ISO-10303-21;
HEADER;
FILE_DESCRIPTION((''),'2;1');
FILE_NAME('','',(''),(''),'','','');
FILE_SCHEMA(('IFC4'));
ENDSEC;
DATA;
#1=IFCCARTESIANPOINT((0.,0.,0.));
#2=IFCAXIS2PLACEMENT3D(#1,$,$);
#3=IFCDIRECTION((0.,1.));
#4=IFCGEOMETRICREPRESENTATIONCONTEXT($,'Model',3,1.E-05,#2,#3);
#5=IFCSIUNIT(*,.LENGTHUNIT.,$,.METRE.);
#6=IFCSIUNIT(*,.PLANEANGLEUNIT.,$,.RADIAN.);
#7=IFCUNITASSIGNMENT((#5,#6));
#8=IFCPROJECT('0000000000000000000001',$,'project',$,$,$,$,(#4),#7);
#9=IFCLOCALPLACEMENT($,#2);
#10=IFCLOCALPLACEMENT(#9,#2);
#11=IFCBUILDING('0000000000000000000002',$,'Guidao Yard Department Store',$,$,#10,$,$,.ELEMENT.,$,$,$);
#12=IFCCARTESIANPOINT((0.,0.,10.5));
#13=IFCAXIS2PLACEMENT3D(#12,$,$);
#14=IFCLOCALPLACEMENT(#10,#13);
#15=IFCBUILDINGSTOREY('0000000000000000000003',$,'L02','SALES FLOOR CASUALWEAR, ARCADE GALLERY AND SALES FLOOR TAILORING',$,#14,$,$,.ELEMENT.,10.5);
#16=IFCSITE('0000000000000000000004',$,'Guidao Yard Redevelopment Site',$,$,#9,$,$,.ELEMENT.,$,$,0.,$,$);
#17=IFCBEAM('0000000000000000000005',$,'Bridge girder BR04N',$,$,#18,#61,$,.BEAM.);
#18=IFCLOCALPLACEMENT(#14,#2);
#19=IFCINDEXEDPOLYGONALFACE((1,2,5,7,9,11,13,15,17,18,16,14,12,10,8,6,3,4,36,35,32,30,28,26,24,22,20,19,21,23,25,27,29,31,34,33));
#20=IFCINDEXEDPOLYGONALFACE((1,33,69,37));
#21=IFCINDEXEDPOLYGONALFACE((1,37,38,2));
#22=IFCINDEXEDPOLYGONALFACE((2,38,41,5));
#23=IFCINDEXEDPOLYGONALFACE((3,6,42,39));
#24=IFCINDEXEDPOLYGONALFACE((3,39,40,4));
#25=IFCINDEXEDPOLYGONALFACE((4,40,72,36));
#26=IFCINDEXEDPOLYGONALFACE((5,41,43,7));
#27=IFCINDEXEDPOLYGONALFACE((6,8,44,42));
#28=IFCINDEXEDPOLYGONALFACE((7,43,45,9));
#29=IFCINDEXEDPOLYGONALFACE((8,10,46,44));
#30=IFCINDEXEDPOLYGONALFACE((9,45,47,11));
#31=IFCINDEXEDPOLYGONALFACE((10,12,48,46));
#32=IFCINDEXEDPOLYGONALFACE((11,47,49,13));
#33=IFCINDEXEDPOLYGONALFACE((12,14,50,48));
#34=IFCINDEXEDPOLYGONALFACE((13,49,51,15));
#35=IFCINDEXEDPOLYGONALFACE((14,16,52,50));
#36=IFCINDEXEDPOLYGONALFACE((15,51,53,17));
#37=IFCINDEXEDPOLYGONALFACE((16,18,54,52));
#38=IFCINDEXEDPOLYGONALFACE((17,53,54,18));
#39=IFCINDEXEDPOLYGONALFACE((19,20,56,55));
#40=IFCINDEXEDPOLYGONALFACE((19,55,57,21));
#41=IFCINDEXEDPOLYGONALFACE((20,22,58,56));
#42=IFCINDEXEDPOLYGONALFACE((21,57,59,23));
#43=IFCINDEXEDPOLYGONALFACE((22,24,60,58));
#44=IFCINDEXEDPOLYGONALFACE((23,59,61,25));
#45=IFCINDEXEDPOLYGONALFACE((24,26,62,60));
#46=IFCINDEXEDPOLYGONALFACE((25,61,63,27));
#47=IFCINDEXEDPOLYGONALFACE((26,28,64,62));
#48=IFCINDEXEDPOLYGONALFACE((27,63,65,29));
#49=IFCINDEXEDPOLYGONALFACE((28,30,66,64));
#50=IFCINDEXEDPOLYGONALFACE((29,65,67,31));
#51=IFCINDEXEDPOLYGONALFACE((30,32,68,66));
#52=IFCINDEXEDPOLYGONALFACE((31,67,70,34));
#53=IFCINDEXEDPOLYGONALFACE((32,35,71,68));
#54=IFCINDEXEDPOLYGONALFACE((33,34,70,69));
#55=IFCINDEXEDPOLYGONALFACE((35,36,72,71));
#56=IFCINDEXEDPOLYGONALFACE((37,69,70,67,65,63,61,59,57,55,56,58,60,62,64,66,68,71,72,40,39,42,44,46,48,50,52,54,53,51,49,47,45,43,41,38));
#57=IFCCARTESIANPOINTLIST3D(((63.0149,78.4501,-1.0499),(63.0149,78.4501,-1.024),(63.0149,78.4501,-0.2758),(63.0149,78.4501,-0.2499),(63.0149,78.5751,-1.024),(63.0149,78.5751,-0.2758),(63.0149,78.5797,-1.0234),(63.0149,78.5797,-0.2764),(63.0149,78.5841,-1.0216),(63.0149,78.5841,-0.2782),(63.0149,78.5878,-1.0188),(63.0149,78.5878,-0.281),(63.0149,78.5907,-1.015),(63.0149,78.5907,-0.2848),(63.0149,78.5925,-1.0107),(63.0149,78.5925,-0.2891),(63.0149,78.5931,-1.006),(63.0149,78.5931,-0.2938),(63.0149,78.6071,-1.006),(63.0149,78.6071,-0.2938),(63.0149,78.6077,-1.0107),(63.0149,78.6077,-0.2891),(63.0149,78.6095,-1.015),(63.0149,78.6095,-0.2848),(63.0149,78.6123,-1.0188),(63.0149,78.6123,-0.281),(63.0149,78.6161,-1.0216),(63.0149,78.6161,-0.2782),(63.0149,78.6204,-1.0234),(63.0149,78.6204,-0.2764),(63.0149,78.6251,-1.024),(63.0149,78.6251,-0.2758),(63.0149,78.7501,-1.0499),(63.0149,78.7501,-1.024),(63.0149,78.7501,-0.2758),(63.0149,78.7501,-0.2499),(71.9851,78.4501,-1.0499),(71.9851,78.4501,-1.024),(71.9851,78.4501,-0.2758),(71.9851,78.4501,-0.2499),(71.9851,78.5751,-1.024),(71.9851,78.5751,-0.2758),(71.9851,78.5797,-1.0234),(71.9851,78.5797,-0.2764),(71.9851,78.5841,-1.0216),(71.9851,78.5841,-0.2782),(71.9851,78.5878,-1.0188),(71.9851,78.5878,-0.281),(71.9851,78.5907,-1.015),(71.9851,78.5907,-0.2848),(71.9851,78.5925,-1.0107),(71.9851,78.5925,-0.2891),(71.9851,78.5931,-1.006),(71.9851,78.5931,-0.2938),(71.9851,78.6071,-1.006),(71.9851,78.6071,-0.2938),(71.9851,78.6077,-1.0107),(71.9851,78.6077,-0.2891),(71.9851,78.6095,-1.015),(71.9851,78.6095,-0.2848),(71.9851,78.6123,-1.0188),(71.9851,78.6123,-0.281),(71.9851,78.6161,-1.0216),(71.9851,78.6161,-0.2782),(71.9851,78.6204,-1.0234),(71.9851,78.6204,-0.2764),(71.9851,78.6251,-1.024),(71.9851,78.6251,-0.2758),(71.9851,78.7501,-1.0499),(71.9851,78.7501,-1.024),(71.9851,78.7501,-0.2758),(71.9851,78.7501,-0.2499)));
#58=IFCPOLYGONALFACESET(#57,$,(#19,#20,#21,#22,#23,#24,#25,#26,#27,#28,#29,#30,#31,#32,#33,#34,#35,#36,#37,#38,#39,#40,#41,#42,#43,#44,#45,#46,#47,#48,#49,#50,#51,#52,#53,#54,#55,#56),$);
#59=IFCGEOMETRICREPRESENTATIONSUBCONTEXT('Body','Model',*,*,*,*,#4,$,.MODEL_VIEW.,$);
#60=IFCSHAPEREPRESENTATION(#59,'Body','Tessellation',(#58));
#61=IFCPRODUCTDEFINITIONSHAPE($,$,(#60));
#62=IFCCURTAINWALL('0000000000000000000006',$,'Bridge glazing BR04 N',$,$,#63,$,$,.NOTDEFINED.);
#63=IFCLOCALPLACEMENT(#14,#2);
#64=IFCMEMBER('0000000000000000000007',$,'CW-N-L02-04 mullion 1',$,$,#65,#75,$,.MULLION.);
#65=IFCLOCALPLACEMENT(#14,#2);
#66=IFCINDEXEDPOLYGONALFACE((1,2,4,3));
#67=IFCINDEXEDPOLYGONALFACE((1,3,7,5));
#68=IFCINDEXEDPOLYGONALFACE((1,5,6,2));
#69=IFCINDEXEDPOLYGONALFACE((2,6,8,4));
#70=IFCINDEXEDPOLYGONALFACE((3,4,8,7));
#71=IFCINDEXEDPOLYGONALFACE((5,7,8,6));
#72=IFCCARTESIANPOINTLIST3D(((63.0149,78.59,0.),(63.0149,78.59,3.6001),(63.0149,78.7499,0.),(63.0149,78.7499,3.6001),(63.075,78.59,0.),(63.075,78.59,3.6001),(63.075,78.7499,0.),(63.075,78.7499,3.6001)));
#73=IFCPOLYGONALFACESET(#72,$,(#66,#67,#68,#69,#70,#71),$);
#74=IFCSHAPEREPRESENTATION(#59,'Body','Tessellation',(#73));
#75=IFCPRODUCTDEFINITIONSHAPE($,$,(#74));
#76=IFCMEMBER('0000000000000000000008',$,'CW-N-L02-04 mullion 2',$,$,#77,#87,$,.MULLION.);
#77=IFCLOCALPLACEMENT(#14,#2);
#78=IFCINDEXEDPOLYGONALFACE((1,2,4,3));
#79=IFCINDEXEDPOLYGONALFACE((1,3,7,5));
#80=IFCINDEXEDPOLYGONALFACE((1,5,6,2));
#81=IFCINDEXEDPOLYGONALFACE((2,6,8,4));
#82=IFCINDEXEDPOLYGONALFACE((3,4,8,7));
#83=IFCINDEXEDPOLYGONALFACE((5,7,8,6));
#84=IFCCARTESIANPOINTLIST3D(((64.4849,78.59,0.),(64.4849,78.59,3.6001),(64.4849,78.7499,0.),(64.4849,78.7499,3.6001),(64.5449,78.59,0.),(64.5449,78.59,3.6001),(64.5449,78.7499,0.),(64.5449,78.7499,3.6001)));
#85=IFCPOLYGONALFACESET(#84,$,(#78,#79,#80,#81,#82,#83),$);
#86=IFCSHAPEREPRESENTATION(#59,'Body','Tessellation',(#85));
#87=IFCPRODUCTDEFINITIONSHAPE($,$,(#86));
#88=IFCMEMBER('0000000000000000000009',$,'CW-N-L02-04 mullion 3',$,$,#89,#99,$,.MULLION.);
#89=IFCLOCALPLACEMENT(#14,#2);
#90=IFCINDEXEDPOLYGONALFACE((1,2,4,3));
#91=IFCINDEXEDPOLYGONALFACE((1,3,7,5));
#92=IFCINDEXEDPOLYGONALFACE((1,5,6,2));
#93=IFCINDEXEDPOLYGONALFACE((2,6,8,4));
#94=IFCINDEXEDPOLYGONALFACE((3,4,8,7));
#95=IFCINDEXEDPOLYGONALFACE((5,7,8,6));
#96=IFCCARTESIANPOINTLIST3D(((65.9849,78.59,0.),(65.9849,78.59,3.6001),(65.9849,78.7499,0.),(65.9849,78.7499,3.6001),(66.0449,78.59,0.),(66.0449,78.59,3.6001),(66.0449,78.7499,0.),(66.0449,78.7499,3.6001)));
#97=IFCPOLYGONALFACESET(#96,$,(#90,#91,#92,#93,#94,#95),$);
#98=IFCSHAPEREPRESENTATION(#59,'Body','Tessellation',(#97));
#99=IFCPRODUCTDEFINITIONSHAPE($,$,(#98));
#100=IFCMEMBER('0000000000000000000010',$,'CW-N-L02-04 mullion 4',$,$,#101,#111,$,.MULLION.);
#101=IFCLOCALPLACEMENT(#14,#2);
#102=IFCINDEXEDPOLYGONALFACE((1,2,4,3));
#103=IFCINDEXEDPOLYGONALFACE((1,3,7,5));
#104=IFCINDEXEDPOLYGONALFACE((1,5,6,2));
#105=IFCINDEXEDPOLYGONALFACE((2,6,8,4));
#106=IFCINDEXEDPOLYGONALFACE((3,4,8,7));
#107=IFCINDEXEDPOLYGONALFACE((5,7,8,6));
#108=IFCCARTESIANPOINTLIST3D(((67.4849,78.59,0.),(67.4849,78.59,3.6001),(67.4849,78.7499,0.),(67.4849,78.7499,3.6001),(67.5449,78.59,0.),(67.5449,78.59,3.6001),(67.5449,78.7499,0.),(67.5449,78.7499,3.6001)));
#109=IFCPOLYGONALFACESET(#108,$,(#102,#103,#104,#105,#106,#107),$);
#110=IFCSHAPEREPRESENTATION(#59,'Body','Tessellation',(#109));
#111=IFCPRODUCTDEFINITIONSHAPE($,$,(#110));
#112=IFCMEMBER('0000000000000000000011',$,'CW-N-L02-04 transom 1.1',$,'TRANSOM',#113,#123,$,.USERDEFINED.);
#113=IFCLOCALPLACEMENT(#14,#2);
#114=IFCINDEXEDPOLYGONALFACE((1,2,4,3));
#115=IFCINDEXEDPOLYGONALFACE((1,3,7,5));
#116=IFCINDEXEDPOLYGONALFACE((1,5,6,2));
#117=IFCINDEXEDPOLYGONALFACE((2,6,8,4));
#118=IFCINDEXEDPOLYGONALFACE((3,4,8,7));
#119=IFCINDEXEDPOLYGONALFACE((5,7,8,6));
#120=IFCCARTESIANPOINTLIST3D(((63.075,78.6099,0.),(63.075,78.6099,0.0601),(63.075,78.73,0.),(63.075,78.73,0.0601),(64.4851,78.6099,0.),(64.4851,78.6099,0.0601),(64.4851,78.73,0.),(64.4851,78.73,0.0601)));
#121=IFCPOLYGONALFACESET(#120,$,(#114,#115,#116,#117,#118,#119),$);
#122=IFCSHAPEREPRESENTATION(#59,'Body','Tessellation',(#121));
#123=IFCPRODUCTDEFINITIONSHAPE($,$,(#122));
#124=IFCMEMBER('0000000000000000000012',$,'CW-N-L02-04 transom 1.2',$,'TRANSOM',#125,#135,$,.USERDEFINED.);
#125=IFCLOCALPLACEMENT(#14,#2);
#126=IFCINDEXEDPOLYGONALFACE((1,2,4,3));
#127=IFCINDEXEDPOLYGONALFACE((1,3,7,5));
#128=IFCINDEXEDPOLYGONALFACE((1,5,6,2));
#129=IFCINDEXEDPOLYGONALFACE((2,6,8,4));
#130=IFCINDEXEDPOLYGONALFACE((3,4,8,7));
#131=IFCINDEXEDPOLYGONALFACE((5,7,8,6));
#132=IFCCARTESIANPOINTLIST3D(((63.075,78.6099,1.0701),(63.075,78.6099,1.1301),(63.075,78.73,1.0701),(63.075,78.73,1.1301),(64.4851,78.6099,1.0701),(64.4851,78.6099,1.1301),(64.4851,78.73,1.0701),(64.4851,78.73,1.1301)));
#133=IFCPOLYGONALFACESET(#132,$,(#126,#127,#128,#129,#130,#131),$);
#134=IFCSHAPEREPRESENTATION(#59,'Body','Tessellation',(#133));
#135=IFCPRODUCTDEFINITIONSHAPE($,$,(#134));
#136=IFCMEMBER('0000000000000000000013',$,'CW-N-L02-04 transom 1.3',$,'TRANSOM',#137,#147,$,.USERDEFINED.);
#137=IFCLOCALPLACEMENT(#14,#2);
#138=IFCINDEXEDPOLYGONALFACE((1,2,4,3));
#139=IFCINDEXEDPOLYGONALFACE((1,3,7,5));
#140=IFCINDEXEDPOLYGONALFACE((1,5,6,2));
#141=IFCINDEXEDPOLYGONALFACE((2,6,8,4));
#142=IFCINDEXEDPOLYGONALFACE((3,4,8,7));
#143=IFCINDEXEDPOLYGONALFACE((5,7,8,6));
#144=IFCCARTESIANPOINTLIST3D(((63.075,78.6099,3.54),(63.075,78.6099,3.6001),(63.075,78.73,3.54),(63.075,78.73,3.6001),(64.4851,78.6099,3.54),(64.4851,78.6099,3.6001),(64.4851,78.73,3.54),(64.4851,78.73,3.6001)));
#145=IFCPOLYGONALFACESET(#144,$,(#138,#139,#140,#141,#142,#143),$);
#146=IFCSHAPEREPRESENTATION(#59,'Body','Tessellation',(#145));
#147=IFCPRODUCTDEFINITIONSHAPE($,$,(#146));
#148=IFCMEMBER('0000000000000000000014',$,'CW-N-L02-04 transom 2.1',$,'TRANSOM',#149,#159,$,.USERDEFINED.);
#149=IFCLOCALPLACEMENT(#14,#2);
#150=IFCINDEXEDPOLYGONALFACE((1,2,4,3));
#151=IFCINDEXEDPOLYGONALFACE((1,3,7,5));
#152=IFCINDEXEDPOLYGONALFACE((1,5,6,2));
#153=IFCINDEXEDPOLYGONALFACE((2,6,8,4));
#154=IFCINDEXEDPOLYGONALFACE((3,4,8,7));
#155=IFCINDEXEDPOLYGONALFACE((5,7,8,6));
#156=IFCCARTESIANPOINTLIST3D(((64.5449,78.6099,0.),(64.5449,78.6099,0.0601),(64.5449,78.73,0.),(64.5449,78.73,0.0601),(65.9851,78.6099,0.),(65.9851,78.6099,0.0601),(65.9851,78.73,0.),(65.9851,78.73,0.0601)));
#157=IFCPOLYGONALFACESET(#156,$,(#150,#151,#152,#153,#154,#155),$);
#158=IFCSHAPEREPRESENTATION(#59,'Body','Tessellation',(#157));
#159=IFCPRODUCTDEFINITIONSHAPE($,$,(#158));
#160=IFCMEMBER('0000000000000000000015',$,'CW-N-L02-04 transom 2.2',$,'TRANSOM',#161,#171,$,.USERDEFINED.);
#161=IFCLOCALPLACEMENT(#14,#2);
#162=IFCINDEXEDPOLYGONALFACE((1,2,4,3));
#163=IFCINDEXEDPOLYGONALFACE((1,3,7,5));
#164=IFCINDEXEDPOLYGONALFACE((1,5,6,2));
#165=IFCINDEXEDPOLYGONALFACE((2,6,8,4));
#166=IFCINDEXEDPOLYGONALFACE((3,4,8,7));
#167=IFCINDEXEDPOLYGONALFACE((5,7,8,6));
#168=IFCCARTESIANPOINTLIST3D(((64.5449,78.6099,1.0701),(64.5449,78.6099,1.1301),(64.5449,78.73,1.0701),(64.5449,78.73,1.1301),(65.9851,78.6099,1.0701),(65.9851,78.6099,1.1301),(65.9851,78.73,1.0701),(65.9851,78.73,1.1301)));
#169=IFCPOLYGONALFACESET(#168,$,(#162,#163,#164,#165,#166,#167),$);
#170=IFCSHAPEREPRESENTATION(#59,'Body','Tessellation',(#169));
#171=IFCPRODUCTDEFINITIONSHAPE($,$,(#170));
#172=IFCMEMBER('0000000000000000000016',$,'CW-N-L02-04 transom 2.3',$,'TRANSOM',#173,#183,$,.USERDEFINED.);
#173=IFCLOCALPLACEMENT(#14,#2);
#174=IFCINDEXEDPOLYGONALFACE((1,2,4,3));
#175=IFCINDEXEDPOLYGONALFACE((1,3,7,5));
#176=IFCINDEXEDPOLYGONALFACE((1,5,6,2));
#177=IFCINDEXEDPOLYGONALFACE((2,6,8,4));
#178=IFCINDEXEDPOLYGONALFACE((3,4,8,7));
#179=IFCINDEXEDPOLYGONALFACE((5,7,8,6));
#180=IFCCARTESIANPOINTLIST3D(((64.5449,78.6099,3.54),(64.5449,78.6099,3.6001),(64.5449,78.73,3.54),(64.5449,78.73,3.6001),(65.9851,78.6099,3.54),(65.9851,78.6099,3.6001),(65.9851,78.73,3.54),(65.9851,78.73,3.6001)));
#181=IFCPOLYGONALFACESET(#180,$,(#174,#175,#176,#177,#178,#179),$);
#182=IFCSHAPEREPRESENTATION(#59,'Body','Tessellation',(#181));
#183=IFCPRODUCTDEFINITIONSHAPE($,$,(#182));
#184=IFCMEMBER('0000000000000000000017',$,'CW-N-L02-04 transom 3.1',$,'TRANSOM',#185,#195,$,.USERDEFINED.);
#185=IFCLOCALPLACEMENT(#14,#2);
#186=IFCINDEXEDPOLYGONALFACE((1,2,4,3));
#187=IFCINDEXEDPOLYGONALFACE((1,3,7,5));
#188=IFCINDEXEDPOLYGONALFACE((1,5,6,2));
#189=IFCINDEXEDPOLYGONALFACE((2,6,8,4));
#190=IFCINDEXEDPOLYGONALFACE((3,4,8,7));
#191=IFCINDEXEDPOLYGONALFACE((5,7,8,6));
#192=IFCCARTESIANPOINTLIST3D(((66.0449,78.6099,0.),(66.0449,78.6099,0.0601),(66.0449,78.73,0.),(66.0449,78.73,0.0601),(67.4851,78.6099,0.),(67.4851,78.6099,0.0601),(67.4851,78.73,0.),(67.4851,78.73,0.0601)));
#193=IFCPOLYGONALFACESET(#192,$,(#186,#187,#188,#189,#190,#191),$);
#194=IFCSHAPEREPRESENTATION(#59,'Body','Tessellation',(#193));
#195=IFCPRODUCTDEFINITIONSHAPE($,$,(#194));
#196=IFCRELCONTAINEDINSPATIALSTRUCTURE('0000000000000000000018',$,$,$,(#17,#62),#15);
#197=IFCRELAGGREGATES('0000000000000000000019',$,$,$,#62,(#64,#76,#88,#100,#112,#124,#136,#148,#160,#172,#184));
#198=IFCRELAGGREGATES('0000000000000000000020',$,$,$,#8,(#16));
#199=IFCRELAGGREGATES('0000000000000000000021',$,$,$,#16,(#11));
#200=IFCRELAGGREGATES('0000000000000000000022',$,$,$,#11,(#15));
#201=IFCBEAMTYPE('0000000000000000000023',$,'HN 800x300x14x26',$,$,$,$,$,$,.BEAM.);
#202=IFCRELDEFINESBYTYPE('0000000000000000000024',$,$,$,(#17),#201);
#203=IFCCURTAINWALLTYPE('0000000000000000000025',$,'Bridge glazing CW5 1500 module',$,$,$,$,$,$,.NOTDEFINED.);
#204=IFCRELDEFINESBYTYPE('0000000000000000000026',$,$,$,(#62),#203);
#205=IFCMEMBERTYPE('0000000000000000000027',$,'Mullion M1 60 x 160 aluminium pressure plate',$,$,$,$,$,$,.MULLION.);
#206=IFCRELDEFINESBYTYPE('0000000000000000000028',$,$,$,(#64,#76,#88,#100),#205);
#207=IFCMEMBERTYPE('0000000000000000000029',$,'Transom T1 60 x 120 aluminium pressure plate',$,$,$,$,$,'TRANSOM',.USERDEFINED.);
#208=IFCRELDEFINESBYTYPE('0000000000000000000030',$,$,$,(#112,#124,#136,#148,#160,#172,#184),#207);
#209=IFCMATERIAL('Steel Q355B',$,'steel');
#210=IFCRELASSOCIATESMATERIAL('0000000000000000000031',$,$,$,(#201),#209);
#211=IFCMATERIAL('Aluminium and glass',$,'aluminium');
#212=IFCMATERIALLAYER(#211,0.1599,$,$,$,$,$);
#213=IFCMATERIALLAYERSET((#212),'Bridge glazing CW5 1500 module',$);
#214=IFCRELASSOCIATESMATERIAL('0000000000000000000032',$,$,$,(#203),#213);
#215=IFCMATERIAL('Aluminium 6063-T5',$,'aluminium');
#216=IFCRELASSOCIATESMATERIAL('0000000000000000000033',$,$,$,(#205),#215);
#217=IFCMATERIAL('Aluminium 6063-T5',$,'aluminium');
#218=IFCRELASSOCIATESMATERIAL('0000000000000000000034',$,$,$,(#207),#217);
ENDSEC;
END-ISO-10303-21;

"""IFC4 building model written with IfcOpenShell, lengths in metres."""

from ifc_helpers import new_model, si_unit, direction, frame, origin, origin_2d, place, context, subcontext, project, spatial, rectangle, i_section, extrude, material, layer, layer_set, material_profile, profile_set, type_object, element, aggregate, save


model = new_model("IFC4")

# Units and contexts
model_context = context("Model", 3, precision=1e-05, world=origin(), true_north=direction((0.0, 1.0)))
body_context = subcontext(model_context, "Body", "Model", "MODEL_VIEW")
ifc_project = project(units=[si_unit("LENGTHUNIT", "METRE"), si_unit("PLANEANGLEUNIT", "RADIAN")], contexts=[model_context])

# Site, building, storey
site_placement = place(None, origin())
site = spatial("IfcSite", under=ifc_project, at=site_placement, Name="Guidao Yard Redevelopment Site", CompositionType="ELEMENT", RefElevation=0.0)
building_placement = place(site_placement, origin())
building = spatial("IfcBuilding", under=site, at=building_placement, Name="Guidao Yard Department Store", CompositionType="ELEMENT")
storey_placement = place(building_placement, frame((0.0, 0.0, 10.5)))
storey = spatial("IfcBuildingStorey", under=building, at=storey_placement, Name="L02", Description="SALES FLOOR CASUALWEAR, ARCADE GALLERY AND SALES FLOOR TAILORING", CompositionType="ELEMENT", Elevation=10.5)

# Beam
ifc_material_1 = material(Name="Steel Q355B", Category="steel")
ifc_material_profile_1 = material_profile(ifc_material_1, i_section(OverallWidth=0.3, OverallDepth=0.8, WebThickness=0.0139, FlangeThickness=0.0259, FilletRadius=0.0181, at=origin_2d()), Name="HN 800x300x14x26")
ifc_profile_set_1 = profile_set([ifc_material_profile_1], Name="Steel Q355B")
beam_type = type_object("IfcBeamType", Name="HN 800x300x14x26", PredefinedType="BEAM", material=ifc_profile_set_1)
beam_placement = place(storey_placement, frame((63.0149, 78.6001, -0.6499), z_axis=(1.0, 0.0, 0.0), x_axis=(0.0, 1.0, 0.0)))
element("IfcBeam", 1, at=beam_placement, inside=storey, type_object=beam_type, Name="Bridge girder BR04N", PredefinedType="BEAM", context=body_context, shape_type="SweptSolid", body=[
    extrude(i_section(OverallWidth=0.3, OverallDepth=0.8, WebThickness=0.0139, FlangeThickness=0.0259, FilletRadius=0.0181, at=origin_2d()), origin(), (0.0, 0.0, 1.0), 8.9702),
])

# Curtain wall, members
ifc_material_2 = material(Name="Aluminium and glass", Category="aluminium")
ifc_layer_1 = layer(ifc_material_2, 0.1599)
ifc_layer_set_1 = layer_set([ifc_layer_1], Name="Bridge glazing CW5 1500 module")
curtain_wall_type = type_object("IfcCurtainWallType", Name="Bridge glazing CW5 1500 module", PredefinedType="NOTDEFINED", material=ifc_layer_set_1)
curtain_wall_placement = place(storey_placement, origin())
curtain_wall = element("IfcCurtainWall", 2, at=curtain_wall_placement, inside=storey, type_object=curtain_wall_type, Name="Bridge glazing BR04 N", PredefinedType="NOTDEFINED")
ifc_material_3 = material(Name="Aluminium 6063-T5", Category="aluminium")
ifc_material_profile_2 = material_profile(ifc_material_3, rectangle(XDim=0.0601, YDim=0.1599, at=origin_2d()), Name="Mullion M1 60 x 160 aluminium pressure plate")
ifc_profile_set_2 = profile_set([ifc_material_profile_2], Name="Aluminium 6063-T5")
member_type_1 = type_object("IfcMemberType", Name="Mullion M1 60 x 160 aluminium pressure plate", PredefinedType="MULLION", material=ifc_profile_set_2)
member_1_placement = place(storey_placement, frame((63.0449, 78.6699, 0.0), z_axis=(0.0, 0.0, 1.0), x_axis=(1.0, 0.0, 0.0)))
member_1 = element("IfcMember", 3, at=member_1_placement, type_object=member_type_1, Name="CW-N-L02-04 mullion 1", PredefinedType="MULLION", context=body_context, shape_type="SweptSolid", body=[
    extrude(rectangle(XDim=0.0601, YDim=0.1599, at=origin_2d()), origin(), (0.0, 0.0, 1.0), 3.6001),
])
member_2_placement = place(storey_placement, frame((64.5149, 78.6699, 0.0), z_axis=(0.0, 0.0, 1.0), x_axis=(1.0, 0.0, 0.0)))
member_2 = element("IfcMember", 4, at=member_2_placement, type_object=member_type_1, Name="CW-N-L02-04 mullion 2", PredefinedType="MULLION", context=body_context, shape_type="SweptSolid", body=[
    extrude(rectangle(XDim=0.0601, YDim=0.1599, at=origin_2d()), origin(), (0.0, 0.0, 1.0), 3.6001),
])
member_3_placement = place(storey_placement, frame((66.0149, 78.6699, 0.0), z_axis=(0.0, 0.0, 1.0), x_axis=(1.0, 0.0, 0.0)))
member_3 = element("IfcMember", 5, at=member_3_placement, type_object=member_type_1, Name="CW-N-L02-04 mullion 3", PredefinedType="MULLION", context=body_context, shape_type="SweptSolid", body=[
    extrude(rectangle(XDim=0.0601, YDim=0.1599, at=origin_2d()), origin(), (0.0, 0.0, 1.0), 3.6001),
])
member_4_placement = place(storey_placement, frame((67.5149, 78.6699, 0.0), z_axis=(0.0, 0.0, 1.0), x_axis=(1.0, 0.0, 0.0)))
member_4 = element("IfcMember", 6, at=member_4_placement, type_object=member_type_1, Name="CW-N-L02-04 mullion 4", PredefinedType="MULLION", context=body_context, shape_type="SweptSolid", body=[
    extrude(rectangle(XDim=0.0601, YDim=0.1599, at=origin_2d()), origin(), (0.0, 0.0, 1.0), 3.6001),
])
ifc_material_4 = material(Name="Aluminium 6063-T5", Category="aluminium")
ifc_material_profile_3 = material_profile(ifc_material_4, rectangle(XDim=0.1201, YDim=0.0601, at=origin_2d()), Name="Transom T1 60 x 120 aluminium pressure plate")
ifc_profile_set_3 = profile_set([ifc_material_profile_3], Name="Aluminium 6063-T5")
member_type_2 = type_object("IfcMemberType", Name="Transom T1 60 x 120 aluminium pressure plate", ElementType="TRANSOM", PredefinedType="USERDEFINED", material=ifc_profile_set_3)
member_5_placement = place(storey_placement, frame((63.075, 78.6699, 0.03), z_axis=(1.0, 0.0, 0.0), x_axis=(0.0, 1.0, 0.0)))
member_5 = element("IfcMember", 7, at=member_5_placement, type_object=member_type_2, Name="CW-N-L02-04 transom 1.1", ObjectType="TRANSOM", PredefinedType="USERDEFINED", context=body_context, shape_type="SweptSolid", body=[
    extrude(rectangle(XDim=0.1201, YDim=0.0601, at=origin_2d()), origin(), (0.0, 0.0, 1.0), 1.4102),
])
member_6_placement = place(storey_placement, frame((63.075, 78.6699, 1.1001), z_axis=(1.0, 0.0, 0.0), x_axis=(0.0, 1.0, 0.0)))
member_6 = element("IfcMember", 8, at=member_6_placement, type_object=member_type_2, Name="CW-N-L02-04 transom 1.2", ObjectType="TRANSOM", PredefinedType="USERDEFINED", context=body_context, shape_type="SweptSolid", body=[
    extrude(rectangle(XDim=0.1201, YDim=0.0601, at=origin_2d()), origin(), (0.0, 0.0, 1.0), 1.4102),
])
member_7_placement = place(storey_placement, frame((63.075, 78.6699, 3.5701), z_axis=(1.0, 0.0, 0.0), x_axis=(0.0, 1.0, 0.0)))
member_7 = element("IfcMember", 9, at=member_7_placement, type_object=member_type_2, Name="CW-N-L02-04 transom 1.3", ObjectType="TRANSOM", PredefinedType="USERDEFINED", context=body_context, shape_type="SweptSolid", body=[
    extrude(rectangle(XDim=0.1201, YDim=0.0601, at=origin_2d()), origin(), (0.0, 0.0, 1.0), 1.4102),
])
member_8_placement = place(storey_placement, frame((64.5449, 78.6699, 0.03), z_axis=(1.0, 0.0, 0.0), x_axis=(0.0, 1.0, 0.0)))
member_8 = element("IfcMember", 10, at=member_8_placement, type_object=member_type_2, Name="CW-N-L02-04 transom 2.1", ObjectType="TRANSOM", PredefinedType="USERDEFINED", context=body_context, shape_type="SweptSolid", body=[
    extrude(rectangle(XDim=0.1201, YDim=0.0601, at=origin_2d()), origin(), (0.0, 0.0, 1.0), 1.4402),
])
member_9_placement = place(storey_placement, frame((64.5449, 78.6699, 1.1001), z_axis=(1.0, 0.0, 0.0), x_axis=(0.0, 1.0, 0.0)))
member_9 = element("IfcMember", 11, at=member_9_placement, type_object=member_type_2, Name="CW-N-L02-04 transom 2.2", ObjectType="TRANSOM", PredefinedType="USERDEFINED", context=body_context, shape_type="SweptSolid", body=[
    extrude(rectangle(XDim=0.1201, YDim=0.0601, at=origin_2d()), origin(), (0.0, 0.0, 1.0), 1.4402),
])
member_10_placement = place(storey_placement, frame((64.5449, 78.6699, 3.5701), z_axis=(1.0, 0.0, 0.0), x_axis=(0.0, 1.0, 0.0)))
member_10 = element("IfcMember", 12, at=member_10_placement, type_object=member_type_2, Name="CW-N-L02-04 transom 2.3", ObjectType="TRANSOM", PredefinedType="USERDEFINED", context=body_context, shape_type="SweptSolid", body=[
    extrude(rectangle(XDim=0.1201, YDim=0.0601, at=origin_2d()), origin(), (0.0, 0.0, 1.0), 1.4402),
])
member_11_placement = place(storey_placement, frame((66.0449, 78.6699, 0.03), z_axis=(1.0, 0.0, 0.0), x_axis=(0.0, 1.0, 0.0)))
member_11 = element("IfcMember", 13, at=member_11_placement, type_object=member_type_2, Name="CW-N-L02-04 transom 3.1", ObjectType="TRANSOM", PredefinedType="USERDEFINED", context=body_context, shape_type="SweptSolid", body=[
    extrude(rectangle(XDim=0.1201, YDim=0.0601, at=origin_2d()), origin(), (0.0, 0.0, 1.0), 1.4402),
])
aggregate(curtain_wall, [member_1, member_2, member_3, member_4, member_5, member_6, member_7, member_8, member_9, member_10, member_11])

save(model, "model.ifc")
